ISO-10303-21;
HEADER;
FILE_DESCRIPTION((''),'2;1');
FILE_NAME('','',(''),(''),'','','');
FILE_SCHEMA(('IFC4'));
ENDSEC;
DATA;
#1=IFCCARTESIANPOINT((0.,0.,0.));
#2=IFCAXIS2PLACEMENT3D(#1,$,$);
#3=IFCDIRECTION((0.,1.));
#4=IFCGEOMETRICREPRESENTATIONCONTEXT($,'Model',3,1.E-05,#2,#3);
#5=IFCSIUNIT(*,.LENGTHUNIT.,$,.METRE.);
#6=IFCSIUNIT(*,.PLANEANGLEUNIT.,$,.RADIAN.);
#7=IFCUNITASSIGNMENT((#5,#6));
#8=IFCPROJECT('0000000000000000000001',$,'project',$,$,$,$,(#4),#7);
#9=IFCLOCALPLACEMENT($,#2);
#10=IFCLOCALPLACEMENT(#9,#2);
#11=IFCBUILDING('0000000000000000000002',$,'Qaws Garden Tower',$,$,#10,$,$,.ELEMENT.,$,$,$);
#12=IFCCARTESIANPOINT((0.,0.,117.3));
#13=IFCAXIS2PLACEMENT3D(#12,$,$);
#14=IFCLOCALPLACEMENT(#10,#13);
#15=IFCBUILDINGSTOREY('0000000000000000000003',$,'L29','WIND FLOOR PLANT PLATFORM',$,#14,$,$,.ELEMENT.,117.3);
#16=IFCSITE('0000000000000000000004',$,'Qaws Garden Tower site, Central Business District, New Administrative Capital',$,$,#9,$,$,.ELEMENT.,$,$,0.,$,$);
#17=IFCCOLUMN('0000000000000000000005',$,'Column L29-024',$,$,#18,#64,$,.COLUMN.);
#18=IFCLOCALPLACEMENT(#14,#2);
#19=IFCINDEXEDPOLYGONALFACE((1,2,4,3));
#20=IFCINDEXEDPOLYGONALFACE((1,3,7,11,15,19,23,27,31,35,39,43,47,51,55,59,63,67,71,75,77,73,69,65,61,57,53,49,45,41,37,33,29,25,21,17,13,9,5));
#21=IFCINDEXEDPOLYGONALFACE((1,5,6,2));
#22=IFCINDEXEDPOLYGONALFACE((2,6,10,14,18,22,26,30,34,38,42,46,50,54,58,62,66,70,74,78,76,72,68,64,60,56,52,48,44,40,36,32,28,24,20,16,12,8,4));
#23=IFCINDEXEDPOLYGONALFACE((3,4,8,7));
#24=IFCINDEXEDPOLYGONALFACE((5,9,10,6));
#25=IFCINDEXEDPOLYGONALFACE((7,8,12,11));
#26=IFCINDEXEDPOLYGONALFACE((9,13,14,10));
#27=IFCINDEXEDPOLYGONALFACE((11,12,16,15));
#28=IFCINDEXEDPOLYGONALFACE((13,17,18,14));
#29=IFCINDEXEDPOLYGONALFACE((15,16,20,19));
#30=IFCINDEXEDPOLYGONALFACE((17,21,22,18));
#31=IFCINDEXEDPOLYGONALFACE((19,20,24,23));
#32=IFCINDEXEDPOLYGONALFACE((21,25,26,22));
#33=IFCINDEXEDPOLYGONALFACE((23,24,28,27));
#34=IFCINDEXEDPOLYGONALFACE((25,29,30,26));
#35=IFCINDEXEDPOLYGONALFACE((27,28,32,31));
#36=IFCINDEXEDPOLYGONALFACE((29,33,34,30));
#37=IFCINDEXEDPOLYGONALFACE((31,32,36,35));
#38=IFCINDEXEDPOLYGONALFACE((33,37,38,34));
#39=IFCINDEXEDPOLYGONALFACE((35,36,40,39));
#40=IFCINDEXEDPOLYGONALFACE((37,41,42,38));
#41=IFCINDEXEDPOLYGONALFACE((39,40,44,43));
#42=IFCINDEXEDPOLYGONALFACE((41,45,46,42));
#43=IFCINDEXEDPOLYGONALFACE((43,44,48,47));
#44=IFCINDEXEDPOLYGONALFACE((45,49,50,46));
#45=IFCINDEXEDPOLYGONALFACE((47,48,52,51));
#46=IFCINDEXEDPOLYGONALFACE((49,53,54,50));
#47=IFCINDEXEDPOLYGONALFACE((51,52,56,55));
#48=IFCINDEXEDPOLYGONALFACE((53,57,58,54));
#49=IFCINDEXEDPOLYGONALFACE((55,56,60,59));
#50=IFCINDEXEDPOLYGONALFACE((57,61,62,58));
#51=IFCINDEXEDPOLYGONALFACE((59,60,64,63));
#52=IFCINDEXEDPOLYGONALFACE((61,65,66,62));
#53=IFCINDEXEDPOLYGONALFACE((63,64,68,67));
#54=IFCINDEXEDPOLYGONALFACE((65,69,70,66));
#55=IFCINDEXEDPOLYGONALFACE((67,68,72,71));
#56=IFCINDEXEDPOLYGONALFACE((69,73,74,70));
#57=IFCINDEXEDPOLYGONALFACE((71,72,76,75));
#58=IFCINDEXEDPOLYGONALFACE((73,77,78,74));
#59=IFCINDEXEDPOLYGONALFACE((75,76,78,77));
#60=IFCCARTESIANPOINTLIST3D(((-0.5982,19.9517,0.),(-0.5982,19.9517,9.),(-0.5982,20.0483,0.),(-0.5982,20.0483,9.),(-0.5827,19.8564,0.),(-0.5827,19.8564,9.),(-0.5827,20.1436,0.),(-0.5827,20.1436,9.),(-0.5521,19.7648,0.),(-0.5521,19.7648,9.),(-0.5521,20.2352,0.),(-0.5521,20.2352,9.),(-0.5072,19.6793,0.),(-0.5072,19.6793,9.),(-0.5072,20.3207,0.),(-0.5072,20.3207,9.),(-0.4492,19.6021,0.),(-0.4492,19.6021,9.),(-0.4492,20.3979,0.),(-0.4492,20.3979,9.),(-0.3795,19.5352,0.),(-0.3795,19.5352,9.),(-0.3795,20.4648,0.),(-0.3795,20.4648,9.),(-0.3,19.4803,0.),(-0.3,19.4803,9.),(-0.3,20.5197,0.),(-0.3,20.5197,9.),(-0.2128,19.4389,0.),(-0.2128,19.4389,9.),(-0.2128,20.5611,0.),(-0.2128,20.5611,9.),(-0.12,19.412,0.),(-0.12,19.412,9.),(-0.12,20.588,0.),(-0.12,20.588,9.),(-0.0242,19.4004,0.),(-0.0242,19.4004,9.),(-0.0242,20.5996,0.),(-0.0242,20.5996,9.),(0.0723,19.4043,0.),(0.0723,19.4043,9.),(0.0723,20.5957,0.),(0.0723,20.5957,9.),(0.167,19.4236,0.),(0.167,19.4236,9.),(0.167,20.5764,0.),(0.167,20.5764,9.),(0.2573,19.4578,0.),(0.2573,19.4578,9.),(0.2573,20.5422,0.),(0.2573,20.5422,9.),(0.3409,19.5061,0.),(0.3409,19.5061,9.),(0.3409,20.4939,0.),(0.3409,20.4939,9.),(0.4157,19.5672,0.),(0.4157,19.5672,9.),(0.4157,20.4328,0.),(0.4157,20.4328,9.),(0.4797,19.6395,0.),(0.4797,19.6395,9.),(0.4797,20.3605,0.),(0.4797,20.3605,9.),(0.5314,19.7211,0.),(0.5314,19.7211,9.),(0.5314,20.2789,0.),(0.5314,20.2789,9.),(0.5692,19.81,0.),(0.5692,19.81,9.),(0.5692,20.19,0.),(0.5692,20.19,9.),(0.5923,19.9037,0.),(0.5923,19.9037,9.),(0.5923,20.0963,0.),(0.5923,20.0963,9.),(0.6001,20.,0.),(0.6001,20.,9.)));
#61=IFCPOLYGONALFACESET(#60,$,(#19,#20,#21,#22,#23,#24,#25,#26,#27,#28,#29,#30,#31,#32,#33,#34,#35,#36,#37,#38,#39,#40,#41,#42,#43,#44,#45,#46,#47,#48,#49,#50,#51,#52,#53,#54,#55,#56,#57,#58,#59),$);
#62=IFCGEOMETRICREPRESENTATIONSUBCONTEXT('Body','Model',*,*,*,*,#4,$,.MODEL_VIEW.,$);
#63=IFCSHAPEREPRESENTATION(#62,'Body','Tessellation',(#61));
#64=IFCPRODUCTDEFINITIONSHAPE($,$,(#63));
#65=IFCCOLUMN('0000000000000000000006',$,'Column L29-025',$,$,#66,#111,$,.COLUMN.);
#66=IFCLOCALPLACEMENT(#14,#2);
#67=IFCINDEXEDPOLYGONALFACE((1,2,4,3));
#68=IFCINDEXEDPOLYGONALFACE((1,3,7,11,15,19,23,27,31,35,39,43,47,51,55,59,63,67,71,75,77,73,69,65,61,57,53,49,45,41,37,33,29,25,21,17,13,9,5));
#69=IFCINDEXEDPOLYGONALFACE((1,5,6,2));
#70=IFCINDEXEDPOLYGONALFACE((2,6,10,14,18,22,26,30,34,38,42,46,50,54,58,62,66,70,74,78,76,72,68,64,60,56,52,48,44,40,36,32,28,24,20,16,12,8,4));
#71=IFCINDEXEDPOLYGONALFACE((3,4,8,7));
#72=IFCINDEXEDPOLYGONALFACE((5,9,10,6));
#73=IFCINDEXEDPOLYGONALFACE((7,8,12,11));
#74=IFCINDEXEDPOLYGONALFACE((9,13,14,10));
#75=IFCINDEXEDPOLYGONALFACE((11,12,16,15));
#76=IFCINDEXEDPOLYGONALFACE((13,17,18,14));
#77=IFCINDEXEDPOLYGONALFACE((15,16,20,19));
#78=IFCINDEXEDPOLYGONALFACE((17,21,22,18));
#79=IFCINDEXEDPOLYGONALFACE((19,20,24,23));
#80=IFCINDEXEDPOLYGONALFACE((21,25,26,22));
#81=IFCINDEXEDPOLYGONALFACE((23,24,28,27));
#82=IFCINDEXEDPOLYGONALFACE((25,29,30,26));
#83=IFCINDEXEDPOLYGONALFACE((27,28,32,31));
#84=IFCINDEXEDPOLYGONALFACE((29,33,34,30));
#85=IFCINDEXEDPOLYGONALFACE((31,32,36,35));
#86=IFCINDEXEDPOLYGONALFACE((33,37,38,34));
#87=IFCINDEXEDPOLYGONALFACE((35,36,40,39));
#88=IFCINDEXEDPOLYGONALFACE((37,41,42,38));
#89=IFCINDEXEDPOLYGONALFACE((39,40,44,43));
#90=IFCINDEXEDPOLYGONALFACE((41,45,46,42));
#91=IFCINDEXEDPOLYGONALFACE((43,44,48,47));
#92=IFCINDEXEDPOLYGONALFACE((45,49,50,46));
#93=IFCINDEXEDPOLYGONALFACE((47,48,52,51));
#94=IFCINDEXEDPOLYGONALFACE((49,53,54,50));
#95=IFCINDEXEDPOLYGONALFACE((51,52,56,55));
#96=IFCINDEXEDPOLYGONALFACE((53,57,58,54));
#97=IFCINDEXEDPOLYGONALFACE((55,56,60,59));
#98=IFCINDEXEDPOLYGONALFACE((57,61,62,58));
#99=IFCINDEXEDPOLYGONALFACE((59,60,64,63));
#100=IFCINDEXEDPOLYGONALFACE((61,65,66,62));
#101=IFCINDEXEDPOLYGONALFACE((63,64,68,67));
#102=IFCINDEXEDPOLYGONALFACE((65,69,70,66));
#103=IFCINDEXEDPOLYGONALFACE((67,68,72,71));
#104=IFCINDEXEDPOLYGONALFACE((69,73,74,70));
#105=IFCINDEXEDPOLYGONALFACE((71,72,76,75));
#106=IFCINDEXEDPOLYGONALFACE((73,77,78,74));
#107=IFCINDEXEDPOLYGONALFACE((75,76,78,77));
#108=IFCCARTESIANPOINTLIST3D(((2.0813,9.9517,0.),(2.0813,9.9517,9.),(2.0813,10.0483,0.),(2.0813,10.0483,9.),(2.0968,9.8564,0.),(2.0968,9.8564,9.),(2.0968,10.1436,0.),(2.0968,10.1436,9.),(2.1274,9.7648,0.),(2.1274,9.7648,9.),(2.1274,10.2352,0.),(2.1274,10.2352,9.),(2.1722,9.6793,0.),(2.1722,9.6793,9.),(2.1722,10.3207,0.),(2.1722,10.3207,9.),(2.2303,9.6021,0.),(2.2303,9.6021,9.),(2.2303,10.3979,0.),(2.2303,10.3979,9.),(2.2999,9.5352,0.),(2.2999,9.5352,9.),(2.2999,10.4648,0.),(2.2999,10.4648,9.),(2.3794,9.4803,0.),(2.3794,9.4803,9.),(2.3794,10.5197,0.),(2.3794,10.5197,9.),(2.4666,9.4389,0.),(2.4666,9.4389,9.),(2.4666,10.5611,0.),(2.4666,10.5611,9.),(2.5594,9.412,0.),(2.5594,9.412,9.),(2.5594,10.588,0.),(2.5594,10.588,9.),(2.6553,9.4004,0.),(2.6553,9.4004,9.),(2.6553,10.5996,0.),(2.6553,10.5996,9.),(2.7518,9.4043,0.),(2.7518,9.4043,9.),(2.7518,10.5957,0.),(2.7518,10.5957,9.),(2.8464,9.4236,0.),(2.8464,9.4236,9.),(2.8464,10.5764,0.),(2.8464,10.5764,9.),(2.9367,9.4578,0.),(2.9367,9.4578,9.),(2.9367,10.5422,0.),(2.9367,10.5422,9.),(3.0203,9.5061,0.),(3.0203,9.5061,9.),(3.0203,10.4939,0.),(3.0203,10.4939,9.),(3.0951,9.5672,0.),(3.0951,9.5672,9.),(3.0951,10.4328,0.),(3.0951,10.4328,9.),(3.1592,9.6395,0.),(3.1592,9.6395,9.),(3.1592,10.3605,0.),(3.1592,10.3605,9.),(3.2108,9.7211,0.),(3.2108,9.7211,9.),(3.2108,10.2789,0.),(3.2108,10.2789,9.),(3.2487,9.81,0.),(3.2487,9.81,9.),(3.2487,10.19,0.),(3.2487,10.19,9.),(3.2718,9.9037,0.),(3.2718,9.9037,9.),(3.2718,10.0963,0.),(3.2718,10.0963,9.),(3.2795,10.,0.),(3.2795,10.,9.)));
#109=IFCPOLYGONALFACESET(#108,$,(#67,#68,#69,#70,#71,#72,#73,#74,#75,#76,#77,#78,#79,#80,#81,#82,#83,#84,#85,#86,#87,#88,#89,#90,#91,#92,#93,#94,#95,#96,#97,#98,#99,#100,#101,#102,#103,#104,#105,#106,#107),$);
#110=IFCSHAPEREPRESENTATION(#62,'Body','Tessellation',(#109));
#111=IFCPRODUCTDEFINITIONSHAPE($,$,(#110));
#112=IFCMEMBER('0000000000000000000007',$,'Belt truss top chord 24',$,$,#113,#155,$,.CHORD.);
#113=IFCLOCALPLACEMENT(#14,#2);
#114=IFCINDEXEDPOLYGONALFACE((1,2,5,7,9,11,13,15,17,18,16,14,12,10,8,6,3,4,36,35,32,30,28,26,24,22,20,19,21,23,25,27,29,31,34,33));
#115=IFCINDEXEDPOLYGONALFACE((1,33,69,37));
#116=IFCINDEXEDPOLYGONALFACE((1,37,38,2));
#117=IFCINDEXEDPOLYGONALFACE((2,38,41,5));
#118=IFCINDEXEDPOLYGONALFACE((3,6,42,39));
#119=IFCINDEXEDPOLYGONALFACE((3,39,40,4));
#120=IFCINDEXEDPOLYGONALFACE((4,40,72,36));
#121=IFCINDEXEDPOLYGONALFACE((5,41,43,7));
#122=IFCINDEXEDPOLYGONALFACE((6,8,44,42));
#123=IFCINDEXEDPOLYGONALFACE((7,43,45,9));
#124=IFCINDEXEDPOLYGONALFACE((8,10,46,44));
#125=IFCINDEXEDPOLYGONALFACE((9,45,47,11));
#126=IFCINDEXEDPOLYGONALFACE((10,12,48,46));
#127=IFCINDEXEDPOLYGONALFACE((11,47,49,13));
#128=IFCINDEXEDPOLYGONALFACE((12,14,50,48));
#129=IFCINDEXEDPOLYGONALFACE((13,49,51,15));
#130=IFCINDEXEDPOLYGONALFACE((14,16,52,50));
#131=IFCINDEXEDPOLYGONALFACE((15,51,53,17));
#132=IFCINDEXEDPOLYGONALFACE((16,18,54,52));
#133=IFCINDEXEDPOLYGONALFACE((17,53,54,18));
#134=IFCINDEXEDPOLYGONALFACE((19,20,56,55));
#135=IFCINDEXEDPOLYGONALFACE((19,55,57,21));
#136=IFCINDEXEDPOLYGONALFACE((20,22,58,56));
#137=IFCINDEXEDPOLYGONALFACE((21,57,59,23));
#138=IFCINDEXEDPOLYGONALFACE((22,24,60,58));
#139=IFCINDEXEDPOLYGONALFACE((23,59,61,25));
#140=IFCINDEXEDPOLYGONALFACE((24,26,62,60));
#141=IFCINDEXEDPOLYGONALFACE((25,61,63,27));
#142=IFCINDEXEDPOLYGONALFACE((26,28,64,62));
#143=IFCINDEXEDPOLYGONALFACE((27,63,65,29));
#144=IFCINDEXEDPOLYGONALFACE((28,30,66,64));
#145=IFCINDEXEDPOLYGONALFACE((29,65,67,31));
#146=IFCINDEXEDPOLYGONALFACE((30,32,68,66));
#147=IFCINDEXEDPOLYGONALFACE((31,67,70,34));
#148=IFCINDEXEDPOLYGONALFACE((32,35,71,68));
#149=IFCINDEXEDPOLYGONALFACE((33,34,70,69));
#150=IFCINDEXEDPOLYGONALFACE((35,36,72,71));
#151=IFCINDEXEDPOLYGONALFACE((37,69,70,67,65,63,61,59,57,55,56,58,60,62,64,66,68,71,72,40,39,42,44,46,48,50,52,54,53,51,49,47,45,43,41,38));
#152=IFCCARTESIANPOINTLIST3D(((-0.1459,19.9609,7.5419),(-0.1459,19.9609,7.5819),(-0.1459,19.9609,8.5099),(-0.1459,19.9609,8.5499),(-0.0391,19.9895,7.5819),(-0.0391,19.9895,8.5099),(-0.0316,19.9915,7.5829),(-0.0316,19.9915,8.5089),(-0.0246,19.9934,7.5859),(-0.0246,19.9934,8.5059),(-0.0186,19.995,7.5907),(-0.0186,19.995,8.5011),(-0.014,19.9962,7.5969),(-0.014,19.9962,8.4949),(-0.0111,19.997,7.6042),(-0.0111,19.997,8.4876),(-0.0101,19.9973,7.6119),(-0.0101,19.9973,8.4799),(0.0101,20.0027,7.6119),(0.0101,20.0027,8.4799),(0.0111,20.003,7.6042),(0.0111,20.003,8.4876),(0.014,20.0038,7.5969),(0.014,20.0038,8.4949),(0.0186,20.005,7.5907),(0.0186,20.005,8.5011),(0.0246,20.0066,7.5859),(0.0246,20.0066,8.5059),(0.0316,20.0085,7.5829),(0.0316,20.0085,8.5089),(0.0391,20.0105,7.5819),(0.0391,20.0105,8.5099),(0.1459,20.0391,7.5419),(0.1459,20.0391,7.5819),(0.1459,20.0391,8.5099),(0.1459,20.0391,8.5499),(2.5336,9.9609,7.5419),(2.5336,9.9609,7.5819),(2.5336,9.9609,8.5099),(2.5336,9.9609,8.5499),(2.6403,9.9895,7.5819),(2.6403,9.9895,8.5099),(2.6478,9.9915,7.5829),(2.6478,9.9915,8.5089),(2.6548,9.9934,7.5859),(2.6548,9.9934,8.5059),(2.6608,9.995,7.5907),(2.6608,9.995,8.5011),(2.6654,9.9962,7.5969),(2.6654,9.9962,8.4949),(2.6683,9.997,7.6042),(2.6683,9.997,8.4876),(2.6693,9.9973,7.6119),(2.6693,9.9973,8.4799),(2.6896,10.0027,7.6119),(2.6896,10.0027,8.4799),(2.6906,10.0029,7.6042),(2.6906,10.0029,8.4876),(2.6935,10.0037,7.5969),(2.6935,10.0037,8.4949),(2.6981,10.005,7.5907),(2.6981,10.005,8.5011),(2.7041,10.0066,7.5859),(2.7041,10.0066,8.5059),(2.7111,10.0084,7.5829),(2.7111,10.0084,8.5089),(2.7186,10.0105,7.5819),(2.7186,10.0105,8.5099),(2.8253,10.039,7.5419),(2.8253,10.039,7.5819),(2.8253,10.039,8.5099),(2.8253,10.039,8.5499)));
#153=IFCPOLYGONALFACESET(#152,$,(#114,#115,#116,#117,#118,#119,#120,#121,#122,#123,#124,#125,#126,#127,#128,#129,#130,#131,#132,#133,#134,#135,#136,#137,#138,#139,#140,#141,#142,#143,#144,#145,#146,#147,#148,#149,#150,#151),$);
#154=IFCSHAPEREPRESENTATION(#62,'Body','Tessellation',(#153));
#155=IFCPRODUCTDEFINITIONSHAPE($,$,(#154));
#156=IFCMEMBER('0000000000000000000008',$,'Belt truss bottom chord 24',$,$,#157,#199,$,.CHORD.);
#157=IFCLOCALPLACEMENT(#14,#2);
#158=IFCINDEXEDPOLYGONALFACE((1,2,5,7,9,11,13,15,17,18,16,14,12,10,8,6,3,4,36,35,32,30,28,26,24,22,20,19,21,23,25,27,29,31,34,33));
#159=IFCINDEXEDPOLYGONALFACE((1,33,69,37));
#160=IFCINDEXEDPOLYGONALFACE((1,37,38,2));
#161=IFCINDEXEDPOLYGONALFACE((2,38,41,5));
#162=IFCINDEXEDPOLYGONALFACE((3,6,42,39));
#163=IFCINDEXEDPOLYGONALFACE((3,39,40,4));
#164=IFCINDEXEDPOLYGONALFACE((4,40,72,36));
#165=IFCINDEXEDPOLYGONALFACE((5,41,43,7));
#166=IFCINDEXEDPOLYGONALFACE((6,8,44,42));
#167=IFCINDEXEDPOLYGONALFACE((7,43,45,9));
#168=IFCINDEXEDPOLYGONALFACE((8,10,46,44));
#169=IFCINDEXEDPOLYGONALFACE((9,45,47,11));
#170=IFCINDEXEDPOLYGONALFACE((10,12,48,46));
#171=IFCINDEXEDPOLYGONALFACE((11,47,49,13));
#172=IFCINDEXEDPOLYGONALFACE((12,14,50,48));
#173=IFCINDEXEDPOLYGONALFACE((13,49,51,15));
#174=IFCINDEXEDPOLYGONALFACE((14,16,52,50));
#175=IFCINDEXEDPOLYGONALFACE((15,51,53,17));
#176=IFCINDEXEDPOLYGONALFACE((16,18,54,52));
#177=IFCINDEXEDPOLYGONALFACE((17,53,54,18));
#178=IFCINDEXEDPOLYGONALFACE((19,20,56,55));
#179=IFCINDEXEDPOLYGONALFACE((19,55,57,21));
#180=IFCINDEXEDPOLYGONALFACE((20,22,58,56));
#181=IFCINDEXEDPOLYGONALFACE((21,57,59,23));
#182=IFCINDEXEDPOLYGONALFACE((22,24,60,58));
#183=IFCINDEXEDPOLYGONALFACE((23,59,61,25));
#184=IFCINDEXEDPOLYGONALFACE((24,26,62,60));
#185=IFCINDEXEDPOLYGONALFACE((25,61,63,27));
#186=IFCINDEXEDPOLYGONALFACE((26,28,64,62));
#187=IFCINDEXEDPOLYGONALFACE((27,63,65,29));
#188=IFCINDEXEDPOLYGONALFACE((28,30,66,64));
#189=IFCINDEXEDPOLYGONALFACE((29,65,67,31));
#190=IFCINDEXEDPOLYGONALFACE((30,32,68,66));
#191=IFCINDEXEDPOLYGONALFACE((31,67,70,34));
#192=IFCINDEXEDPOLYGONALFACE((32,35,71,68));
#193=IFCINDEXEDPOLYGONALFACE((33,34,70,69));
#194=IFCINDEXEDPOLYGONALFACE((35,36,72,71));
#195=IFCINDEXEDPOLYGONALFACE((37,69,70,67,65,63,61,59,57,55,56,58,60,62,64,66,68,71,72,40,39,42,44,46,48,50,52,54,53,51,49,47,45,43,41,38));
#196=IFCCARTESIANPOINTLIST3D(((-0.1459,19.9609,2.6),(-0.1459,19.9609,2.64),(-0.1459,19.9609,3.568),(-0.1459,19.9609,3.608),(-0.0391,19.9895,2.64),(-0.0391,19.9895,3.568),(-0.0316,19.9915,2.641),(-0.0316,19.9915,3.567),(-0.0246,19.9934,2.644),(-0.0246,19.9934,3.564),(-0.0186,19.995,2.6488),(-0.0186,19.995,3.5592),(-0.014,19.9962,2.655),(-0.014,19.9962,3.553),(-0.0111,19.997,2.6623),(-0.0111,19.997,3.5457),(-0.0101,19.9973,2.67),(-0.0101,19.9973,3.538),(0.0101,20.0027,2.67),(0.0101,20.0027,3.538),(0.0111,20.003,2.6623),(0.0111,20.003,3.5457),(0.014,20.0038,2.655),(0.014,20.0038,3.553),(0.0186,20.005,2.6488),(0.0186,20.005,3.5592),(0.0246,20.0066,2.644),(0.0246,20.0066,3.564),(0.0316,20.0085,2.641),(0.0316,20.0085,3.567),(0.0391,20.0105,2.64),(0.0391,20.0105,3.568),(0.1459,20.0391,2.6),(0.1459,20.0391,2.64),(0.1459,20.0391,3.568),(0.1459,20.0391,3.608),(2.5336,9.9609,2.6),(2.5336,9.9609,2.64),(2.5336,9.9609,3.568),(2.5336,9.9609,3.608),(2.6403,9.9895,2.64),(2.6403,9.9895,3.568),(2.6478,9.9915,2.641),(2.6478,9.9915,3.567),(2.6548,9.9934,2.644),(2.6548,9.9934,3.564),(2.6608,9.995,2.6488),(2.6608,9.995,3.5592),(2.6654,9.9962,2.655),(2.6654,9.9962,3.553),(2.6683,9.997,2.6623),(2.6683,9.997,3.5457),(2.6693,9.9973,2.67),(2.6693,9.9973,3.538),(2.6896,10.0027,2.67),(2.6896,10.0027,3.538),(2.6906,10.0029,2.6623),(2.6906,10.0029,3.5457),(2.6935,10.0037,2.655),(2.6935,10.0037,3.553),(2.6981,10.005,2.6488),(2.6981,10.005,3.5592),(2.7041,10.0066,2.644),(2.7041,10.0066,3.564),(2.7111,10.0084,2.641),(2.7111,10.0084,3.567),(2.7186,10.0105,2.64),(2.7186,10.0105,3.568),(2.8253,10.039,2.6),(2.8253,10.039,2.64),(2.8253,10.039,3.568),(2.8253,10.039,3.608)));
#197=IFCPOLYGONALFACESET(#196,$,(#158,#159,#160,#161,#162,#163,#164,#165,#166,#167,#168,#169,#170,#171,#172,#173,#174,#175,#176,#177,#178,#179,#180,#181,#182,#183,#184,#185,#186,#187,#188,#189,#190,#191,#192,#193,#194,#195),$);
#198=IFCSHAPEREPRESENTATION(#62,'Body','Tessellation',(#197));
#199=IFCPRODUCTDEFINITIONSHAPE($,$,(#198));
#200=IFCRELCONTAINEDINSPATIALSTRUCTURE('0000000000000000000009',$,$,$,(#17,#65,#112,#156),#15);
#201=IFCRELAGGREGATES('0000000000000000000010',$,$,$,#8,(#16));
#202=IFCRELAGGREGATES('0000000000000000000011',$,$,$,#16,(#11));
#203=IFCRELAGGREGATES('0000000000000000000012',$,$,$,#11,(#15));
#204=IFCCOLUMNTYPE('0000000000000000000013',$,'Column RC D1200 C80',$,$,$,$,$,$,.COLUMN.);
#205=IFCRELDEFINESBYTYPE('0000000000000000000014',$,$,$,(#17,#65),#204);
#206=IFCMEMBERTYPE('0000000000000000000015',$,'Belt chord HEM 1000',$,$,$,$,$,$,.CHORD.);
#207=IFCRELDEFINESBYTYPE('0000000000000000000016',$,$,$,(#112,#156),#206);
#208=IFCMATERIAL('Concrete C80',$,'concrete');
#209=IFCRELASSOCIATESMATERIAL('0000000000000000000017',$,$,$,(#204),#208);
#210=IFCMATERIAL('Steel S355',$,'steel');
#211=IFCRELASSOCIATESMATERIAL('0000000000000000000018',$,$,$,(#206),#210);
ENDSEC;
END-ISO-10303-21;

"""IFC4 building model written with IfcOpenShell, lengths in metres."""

from ifc_helpers import new_model, si_unit, direction, frame, origin, origin_2d, place, context, subcontext, project, spatial, circle, i_section, extrude, material, material_profile, profile_set, type_object, element, save


model = new_model("IFC4")

# Units and contexts
model_context = context("Model", 3, precision=1e-05, world=origin(), true_north=direction((0.0, 1.0)))
body_context = subcontext(model_context, "Body", "Model", "MODEL_VIEW")
ifc_project = project(units=[si_unit("LENGTHUNIT", "METRE"), si_unit("PLANEANGLEUNIT", "RADIAN")], contexts=[model_context])

# Site, building, storey
site_placement = place(None, origin())
site = spatial("IfcSite", under=ifc_project, at=site_placement, Name="Qaws Garden Tower site, Central Business District, New Administrative Capital", CompositionType="ELEMENT", RefElevation=0.0)
building_placement = place(site_placement, origin())
building = spatial("IfcBuilding", under=site, at=building_placement, Name="Qaws Garden Tower", CompositionType="ELEMENT")
storey_placement = place(building_placement, frame((0.0, 0.0, 117.3)))
storey = spatial("IfcBuildingStorey", under=building, at=storey_placement, Name="L29", Description="WIND FLOOR PLANT PLATFORM", CompositionType="ELEMENT", Elevation=117.3)

# Columns
ifc_material_1 = material(Name="Concrete C80", Category="concrete")
ifc_material_profile_1 = material_profile(ifc_material_1, circle(Radius=0.6001, at=origin_2d()), Name="RC D1200")
ifc_profile_set_1 = profile_set([ifc_material_profile_1], Name="Concrete C80")
column_type = type_object("IfcColumnType", Name="Column RC D1200 C80", PredefinedType="COLUMN", material=ifc_profile_set_1)
for number, where, z_axis, x_axis, name in (
    (1, (0.0, 20.0, 0.0), (0.0, 0.0, 1.0), (1.0, 0.0, 0.0), "Column L29-024"),
    (2, (2.6794, 10.0, 0.0), (0.0, 0.0, 1.0), (1.0, 0.0, 0.0), "Column L29-025"),
):
    element("IfcColumn", number, at=place(storey_placement, frame(where, z_axis=z_axis, x_axis=x_axis)), inside=storey, type_object=column_type, Name=name, PredefinedType="COLUMN", context=body_context, shape_type="SweptSolid", body=[
        extrude(circle(Radius=0.6001, at=origin_2d()), origin(), (0.0, 0.0, 1.0), 9.0),
    ])

# Members
ifc_material_2 = material(Name="Steel S355", Category="steel")
ifc_material_profile_2 = material_profile(ifc_material_2, i_section(OverallWidth=0.302, OverallDepth=1.0081, WebThickness=0.021, FlangeThickness=0.04, FilletRadius=0.03, at=origin_2d()), Name="HEM 1000")
ifc_profile_set_2 = profile_set([ifc_material_profile_2], Name="Steel S355")
member_type_1 = type_object("IfcMemberType", Name="Belt chord HEM 1000", PredefinedType="CHORD", material=ifc_profile_set_2)
for number, where, z_axis, x_axis, name in (
    (3, (0.0, 20.0, 8.0459), (0.258815, -0.965927, 0.0), (0.965927, 0.258815, 0.0), "Belt truss top chord 24"),
    (4, (0.0, 20.0, 3.104), (0.258815, -0.965927, 0.0), (0.965927, 0.258815, 0.0), "Belt truss bottom chord 24"),
):
    element("IfcMember", number, at=place(storey_placement, frame(where, z_axis=z_axis, x_axis=x_axis)), inside=storey, type_object=member_type_1, Name=name, PredefinedType="CHORD", context=body_context, shape_type="SweptSolid", body=[
        extrude(i_section(OverallWidth=0.302, OverallDepth=1.0081, WebThickness=0.021, FlangeThickness=0.04, FilletRadius=0.03, at=origin_2d()), origin(), (0.0, 0.0, 1.0), 10.3528),
    ])

save(model, "model.ifc")
